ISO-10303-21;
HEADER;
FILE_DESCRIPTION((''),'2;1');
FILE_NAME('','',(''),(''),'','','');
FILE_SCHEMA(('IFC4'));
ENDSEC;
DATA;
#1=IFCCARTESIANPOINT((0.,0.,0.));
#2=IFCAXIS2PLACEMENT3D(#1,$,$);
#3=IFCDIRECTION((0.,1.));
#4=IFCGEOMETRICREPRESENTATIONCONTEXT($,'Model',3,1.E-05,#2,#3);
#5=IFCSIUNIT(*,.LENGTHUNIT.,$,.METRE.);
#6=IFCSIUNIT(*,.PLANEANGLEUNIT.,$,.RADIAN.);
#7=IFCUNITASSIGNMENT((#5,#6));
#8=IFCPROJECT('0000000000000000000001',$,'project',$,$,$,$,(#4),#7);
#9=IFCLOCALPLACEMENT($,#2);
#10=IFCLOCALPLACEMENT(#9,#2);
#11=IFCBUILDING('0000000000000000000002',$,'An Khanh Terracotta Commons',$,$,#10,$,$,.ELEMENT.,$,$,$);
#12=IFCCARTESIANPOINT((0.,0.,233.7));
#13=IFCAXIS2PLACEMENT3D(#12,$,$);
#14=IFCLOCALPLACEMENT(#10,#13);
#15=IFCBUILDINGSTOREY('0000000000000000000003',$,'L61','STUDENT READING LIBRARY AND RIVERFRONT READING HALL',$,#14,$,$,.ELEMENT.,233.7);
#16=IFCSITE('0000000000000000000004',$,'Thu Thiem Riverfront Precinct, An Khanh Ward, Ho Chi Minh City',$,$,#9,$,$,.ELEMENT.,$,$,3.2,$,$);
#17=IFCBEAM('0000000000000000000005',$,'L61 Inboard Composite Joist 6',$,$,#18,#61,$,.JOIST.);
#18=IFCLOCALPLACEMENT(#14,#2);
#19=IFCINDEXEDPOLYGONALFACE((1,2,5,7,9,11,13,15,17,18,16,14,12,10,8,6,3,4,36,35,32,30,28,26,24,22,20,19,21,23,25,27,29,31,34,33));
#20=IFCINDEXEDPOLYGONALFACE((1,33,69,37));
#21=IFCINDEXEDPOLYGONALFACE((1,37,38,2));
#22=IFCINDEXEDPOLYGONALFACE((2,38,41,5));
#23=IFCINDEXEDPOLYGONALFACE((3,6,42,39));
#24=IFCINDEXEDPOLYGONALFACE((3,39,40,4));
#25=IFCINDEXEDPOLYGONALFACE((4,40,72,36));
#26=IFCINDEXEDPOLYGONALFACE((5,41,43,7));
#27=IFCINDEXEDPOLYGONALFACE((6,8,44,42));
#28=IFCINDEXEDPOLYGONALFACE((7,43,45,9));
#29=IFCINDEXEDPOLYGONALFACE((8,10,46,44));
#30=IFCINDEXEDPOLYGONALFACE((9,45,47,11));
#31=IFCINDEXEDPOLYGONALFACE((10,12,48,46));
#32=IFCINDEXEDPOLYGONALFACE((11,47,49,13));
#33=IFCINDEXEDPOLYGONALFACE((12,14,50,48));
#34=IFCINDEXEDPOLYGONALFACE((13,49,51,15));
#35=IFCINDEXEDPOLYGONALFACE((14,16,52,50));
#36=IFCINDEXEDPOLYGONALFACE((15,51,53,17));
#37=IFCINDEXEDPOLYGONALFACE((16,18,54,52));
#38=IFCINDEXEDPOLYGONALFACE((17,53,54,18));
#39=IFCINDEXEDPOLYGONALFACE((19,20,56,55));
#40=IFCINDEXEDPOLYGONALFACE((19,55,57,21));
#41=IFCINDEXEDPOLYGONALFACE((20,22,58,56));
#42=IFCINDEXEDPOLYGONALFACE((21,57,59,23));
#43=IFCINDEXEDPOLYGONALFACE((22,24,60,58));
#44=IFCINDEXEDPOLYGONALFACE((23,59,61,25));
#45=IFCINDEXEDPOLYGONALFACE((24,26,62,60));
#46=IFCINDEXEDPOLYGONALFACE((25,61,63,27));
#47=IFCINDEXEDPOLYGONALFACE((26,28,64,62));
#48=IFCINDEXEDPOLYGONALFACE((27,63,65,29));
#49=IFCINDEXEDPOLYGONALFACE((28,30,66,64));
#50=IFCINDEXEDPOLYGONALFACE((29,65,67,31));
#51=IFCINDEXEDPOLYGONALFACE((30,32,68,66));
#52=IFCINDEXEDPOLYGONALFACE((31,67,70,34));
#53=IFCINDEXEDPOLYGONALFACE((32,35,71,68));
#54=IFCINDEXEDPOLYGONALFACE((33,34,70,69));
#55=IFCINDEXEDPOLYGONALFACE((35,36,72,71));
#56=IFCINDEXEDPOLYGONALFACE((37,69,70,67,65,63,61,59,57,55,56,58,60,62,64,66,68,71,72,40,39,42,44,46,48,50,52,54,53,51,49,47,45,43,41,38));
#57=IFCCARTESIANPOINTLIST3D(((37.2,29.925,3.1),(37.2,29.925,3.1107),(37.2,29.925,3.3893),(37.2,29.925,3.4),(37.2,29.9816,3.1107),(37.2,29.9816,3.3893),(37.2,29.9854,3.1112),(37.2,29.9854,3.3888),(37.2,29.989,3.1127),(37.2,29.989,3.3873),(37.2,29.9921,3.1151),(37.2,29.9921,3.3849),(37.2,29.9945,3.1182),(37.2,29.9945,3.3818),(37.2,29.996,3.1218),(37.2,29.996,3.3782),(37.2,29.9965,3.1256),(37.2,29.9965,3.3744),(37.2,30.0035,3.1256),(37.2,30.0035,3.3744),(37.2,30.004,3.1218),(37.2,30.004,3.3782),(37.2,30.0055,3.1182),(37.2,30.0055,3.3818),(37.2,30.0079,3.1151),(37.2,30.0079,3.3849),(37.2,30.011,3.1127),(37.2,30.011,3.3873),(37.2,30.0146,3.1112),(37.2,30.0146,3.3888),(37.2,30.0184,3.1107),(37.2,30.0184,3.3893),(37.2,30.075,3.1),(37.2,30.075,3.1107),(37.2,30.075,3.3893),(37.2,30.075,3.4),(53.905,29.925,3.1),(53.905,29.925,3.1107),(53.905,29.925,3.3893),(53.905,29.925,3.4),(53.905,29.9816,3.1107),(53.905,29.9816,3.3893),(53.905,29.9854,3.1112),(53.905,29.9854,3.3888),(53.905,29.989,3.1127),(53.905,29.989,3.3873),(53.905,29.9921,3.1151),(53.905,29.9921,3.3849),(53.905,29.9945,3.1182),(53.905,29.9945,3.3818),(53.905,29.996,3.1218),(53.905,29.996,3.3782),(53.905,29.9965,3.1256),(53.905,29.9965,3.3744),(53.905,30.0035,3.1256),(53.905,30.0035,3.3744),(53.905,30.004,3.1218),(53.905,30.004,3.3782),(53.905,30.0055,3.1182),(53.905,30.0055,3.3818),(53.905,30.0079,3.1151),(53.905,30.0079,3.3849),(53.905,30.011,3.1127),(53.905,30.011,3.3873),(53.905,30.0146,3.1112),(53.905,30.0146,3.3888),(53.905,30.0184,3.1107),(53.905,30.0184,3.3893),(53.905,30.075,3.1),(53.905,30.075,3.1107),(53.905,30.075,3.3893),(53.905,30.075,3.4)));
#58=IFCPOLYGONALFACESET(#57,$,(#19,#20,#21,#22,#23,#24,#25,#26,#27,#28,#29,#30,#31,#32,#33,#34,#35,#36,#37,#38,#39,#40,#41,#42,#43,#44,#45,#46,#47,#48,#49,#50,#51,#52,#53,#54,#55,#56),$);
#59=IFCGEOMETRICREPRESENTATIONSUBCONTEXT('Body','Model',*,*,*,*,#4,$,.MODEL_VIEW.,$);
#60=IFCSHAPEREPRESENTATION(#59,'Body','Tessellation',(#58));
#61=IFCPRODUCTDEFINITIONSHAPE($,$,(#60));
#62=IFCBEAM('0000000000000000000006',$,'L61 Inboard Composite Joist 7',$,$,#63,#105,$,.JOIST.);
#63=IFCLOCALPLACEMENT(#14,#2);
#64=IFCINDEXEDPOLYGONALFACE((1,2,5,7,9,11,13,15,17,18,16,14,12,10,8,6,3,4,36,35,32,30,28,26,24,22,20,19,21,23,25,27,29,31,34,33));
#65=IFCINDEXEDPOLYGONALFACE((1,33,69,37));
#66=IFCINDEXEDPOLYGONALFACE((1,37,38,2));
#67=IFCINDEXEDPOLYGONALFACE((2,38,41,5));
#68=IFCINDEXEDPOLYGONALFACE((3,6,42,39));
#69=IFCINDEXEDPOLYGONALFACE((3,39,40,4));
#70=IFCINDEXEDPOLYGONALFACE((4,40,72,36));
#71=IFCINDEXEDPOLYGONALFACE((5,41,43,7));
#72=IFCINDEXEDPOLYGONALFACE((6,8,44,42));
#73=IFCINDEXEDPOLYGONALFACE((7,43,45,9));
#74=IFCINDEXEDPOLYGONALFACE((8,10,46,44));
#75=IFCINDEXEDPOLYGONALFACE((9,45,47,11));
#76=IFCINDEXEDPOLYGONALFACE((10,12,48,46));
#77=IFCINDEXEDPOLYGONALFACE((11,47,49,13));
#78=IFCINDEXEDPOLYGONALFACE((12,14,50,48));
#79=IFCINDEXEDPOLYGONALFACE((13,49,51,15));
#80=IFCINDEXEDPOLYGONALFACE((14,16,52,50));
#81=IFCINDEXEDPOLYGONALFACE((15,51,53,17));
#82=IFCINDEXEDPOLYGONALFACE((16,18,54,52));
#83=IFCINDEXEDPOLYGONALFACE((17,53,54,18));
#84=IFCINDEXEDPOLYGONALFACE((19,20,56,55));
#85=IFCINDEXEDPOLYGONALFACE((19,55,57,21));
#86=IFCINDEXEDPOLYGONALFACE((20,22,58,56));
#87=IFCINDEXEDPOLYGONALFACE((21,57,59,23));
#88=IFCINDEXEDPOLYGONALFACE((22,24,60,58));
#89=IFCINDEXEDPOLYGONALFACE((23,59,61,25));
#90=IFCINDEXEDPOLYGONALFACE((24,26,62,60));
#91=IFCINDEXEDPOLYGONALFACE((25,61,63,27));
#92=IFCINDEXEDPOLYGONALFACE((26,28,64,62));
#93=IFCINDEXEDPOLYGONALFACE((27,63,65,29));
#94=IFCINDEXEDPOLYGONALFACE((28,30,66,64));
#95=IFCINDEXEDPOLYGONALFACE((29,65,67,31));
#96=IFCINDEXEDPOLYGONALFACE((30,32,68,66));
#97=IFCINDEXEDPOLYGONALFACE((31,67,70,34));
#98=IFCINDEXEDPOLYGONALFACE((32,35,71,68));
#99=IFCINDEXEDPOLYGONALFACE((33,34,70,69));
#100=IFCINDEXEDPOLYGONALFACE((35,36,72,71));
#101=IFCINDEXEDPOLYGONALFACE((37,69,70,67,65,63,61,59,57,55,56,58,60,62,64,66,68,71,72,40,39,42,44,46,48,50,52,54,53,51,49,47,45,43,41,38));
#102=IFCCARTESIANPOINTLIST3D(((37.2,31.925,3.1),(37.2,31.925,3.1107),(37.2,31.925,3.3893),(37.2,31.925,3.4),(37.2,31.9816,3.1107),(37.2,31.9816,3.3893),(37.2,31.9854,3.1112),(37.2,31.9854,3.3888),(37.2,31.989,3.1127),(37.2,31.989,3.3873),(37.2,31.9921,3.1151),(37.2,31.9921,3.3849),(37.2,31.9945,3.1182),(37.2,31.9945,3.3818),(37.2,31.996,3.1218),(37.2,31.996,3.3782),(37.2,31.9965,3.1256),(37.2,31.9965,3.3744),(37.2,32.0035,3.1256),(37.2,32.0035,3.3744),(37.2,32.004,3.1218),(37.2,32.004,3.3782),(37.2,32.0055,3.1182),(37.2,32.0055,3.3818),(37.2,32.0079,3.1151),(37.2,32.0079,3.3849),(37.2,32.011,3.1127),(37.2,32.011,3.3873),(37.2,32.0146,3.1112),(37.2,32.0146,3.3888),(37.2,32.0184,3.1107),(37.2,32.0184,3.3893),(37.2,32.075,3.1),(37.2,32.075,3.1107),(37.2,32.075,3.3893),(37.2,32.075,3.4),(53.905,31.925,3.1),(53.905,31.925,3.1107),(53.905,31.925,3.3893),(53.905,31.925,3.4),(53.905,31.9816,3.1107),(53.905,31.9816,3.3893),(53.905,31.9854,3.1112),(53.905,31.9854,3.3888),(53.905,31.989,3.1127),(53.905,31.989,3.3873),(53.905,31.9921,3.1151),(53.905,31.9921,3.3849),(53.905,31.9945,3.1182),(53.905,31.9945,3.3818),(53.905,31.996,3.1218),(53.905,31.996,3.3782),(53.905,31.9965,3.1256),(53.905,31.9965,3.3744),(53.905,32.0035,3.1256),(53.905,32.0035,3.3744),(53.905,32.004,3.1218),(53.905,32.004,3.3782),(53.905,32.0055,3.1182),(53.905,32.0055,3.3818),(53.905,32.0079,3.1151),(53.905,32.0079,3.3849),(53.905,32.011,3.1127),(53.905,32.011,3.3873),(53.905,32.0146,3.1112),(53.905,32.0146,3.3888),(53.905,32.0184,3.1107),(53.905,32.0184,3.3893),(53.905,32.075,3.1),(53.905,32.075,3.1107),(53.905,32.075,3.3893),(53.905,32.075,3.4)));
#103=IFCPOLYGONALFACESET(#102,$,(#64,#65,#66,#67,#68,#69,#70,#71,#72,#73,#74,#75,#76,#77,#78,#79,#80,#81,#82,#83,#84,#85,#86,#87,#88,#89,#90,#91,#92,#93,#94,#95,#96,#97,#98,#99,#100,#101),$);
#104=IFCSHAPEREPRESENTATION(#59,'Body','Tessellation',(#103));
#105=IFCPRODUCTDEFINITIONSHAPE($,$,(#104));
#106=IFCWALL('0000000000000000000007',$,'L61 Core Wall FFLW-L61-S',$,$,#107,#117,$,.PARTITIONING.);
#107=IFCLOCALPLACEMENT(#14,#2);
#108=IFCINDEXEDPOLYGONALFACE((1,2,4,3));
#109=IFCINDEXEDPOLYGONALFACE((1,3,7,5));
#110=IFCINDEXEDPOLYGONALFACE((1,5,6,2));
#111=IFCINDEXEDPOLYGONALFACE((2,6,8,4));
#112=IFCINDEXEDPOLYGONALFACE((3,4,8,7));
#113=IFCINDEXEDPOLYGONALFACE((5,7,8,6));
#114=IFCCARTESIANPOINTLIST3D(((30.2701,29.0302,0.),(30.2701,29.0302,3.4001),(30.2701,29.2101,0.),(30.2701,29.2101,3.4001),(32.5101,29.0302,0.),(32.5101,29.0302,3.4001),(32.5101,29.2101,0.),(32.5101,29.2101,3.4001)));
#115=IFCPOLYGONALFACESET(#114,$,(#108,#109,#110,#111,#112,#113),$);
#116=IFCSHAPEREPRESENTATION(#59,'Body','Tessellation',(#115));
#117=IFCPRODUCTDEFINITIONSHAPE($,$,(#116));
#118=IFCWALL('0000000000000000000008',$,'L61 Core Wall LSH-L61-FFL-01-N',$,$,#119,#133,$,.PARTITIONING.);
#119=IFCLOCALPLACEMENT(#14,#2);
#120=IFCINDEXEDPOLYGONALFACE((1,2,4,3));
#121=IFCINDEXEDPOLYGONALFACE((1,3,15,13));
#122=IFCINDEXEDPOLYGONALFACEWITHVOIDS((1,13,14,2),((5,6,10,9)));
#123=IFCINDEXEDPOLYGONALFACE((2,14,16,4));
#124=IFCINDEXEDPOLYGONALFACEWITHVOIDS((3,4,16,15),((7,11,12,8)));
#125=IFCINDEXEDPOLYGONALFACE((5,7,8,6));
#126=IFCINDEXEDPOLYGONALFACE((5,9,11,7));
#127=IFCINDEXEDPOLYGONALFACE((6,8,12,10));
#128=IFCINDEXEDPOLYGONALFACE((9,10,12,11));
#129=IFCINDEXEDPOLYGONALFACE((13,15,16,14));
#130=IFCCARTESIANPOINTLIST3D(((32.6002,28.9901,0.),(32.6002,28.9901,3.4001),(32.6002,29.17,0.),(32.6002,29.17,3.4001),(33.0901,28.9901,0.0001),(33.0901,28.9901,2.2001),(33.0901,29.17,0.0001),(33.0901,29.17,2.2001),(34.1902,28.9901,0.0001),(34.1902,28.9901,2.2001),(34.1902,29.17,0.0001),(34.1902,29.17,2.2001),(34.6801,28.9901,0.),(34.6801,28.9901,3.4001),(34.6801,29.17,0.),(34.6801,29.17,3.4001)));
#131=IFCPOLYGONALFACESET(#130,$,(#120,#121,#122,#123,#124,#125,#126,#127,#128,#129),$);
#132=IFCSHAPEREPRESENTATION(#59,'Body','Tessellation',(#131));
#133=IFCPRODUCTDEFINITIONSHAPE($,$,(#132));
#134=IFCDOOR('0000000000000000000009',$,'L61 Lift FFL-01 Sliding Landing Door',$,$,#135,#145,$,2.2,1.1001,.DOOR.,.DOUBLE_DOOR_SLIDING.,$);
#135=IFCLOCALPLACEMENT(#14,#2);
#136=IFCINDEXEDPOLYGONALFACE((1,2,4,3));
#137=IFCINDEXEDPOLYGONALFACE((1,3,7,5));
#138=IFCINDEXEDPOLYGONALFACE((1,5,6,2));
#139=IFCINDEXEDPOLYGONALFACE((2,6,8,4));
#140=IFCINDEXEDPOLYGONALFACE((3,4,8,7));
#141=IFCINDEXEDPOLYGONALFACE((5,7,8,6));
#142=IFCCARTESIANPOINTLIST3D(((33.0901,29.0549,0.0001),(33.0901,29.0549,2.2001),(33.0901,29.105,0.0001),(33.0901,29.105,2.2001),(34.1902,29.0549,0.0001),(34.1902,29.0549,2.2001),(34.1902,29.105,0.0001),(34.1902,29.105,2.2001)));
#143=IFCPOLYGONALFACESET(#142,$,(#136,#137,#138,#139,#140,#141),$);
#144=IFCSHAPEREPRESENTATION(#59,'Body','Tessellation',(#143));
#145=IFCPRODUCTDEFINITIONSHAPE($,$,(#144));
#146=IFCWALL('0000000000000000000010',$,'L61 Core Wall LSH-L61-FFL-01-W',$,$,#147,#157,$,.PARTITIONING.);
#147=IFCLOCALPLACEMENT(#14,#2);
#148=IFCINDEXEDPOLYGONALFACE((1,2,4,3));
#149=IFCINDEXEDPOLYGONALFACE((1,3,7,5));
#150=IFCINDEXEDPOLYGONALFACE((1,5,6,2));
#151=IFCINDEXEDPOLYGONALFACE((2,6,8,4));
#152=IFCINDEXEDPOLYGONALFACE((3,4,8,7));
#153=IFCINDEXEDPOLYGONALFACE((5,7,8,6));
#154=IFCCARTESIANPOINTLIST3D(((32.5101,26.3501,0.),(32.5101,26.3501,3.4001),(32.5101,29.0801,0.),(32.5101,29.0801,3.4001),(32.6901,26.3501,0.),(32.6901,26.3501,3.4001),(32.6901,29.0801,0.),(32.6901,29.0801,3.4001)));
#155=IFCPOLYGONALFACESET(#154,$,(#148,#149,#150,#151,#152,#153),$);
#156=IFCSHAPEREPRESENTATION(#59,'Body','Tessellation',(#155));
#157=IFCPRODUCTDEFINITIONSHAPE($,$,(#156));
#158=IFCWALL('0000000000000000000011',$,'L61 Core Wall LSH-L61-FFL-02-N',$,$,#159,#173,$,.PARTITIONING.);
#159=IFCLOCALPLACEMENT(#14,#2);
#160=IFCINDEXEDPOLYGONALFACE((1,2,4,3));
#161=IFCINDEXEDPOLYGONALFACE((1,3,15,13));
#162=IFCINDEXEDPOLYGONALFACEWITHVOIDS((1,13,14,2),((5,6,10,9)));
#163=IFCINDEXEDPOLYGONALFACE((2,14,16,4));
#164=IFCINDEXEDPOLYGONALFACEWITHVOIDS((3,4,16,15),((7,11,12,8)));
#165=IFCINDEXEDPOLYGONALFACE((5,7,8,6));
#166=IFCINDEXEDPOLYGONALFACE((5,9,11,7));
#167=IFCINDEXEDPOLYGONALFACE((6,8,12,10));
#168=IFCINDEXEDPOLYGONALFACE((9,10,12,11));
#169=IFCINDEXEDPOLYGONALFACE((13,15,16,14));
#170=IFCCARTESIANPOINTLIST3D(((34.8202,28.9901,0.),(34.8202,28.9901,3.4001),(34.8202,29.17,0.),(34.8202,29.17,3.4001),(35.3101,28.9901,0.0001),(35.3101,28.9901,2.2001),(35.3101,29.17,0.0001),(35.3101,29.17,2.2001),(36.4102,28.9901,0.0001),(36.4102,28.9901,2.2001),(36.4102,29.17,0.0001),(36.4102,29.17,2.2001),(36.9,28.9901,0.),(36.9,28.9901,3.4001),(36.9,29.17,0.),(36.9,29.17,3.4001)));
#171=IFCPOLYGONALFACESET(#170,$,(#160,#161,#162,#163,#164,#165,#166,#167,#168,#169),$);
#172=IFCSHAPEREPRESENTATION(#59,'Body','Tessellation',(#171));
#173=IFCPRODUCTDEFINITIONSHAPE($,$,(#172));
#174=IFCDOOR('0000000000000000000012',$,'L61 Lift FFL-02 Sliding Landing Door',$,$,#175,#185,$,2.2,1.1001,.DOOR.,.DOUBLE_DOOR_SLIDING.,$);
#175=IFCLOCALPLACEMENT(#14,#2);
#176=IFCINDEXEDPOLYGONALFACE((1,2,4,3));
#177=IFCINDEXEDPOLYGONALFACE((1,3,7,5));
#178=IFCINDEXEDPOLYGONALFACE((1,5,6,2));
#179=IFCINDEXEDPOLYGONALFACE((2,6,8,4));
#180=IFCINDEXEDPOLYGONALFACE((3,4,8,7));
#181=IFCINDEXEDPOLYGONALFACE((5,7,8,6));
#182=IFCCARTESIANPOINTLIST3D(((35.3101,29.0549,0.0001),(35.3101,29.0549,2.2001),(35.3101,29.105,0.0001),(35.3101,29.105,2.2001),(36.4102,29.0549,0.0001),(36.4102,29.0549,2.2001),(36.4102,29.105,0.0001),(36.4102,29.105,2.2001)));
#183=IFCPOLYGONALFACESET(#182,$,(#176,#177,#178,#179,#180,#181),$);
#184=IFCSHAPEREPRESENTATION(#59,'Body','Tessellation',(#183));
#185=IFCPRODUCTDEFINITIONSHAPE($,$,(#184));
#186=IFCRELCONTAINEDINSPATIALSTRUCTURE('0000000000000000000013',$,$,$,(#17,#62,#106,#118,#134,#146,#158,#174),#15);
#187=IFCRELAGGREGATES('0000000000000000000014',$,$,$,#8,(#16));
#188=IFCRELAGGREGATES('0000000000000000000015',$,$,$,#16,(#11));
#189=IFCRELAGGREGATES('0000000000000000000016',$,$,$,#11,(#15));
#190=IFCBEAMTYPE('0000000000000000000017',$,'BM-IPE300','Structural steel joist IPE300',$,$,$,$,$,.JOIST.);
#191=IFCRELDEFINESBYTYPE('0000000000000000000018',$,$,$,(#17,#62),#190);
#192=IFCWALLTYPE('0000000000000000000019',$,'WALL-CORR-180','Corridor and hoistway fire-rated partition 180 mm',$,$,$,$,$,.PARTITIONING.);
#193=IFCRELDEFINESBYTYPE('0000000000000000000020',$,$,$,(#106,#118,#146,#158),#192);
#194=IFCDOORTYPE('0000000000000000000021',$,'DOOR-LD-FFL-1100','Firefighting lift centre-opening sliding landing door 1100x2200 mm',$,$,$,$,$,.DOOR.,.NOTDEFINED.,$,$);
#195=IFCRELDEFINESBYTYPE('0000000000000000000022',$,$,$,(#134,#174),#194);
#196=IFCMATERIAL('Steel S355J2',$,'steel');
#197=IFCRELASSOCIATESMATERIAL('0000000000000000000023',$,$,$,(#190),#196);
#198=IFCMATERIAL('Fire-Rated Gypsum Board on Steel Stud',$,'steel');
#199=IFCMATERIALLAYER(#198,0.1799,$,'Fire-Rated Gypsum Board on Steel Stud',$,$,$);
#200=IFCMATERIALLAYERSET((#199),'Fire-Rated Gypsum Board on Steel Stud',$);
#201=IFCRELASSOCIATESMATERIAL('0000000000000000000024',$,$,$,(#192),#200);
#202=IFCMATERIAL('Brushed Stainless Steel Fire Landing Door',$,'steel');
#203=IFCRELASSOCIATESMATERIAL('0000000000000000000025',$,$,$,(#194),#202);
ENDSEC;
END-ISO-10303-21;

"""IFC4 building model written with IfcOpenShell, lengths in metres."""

from ifc_helpers import new_model, si_unit, direction, frame, frame_2d, origin, origin_2d, place, context, subcontext, project, spatial, rectangle, i_section, extrude, material, layer, layer_set, material_profile, profile_set, type_object, element, fill, save


model = new_model("IFC4")

# Units and contexts
model_context = context("Model", 3, precision=1e-05, world=origin(), true_north=direction((0.0, 1.0)))
body_context = subcontext(model_context, "Body", "Model", "MODEL_VIEW")
ifc_project = project(units=[si_unit("LENGTHUNIT", "METRE"), si_unit("PLANEANGLEUNIT", "RADIAN")], contexts=[model_context])

# Site, building, storey
site_placement = place(None, origin())
site = spatial("IfcSite", under=ifc_project, at=site_placement, Name="Thu Thiem Riverfront Precinct, An Khanh Ward, Ho Chi Minh City", CompositionType="ELEMENT", RefElevation=3.2)
building_placement = place(site_placement, origin())
building = spatial("IfcBuilding", under=site, at=building_placement, Name="An Khanh Terracotta Commons", CompositionType="ELEMENT")
storey_placement = place(building_placement, frame((0.0, 0.0, 233.7)))
storey = spatial("IfcBuildingStorey", under=building, at=storey_placement, Name="L61", Description="STUDENT READING LIBRARY AND RIVERFRONT READING HALL", CompositionType="ELEMENT", Elevation=233.7)

# Beams
ifc_material_1 = material(Name="Steel S355J2", Category="steel")
ifc_material_profile_1 = material_profile(ifc_material_1, i_section(OverallWidth=0.1499, OverallDepth=0.3, WebThickness=0.0071, FlangeThickness=0.0107, FilletRadius=0.0149, at=origin_2d()), Name="IPE300")
ifc_profile_set_1 = profile_set([ifc_material_profile_1], Name="Steel S355J2")
beam_type_1 = type_object("IfcBeamType", Name="BM-IPE300", Description="Structural steel joist IPE300", PredefinedType="JOIST", material=ifc_profile_set_1)
for number, where, z_axis, x_axis, name in (
    (1, (37.2, 30.0, 3.25), (1.0, 0.0, 0.0), (0.0, 1.0, 0.0), "L61 Inboard Composite Joist 6"),
    (2, (37.2, 32.0, 3.25), (1.0, 0.0, 0.0), (0.0, 1.0, 0.0), "L61 Inboard Composite Joist 7"),
):
    element("IfcBeam", number, at=place(storey_placement, frame(where, z_axis=z_axis, x_axis=x_axis)), inside=storey, type_object=beam_type_1, Name=name, PredefinedType="JOIST", context=body_context, shape_type="SweptSolid", body=[
        extrude(i_section(OverallWidth=0.1499, OverallDepth=0.3, WebThickness=0.0071, FlangeThickness=0.0107, FilletRadius=0.0149, at=origin_2d()), origin(), (0.0, 0.0, 1.0), 16.7051),
    ])

# Wall
ifc_material_2 = material(Name="Fire-Rated Gypsum Board on Steel Stud", Category="steel")
ifc_layer_1 = layer(ifc_material_2, 0.1799, Name="Fire-Rated Gypsum Board on Steel Stud")
ifc_layer_set_1 = layer_set([ifc_layer_1], Name="Fire-Rated Gypsum Board on Steel Stud")
wall_type_1 = type_object("IfcWallType", Name="WALL-CORR-180", Description="Corridor and hoistway fire-rated partition 180 mm", PredefinedType="PARTITIONING", material=ifc_layer_set_1)
wall_1_placement = place(storey_placement, frame((30.27, 29.1201, 0.0), z_axis=(0.0, 0.0, 1.0), x_axis=(1.0, 0.0, 0.0)))
element("IfcWall", 3, at=wall_1_placement, inside=storey, type_object=wall_type_1, Name="L61 Core Wall FFLW-L61-S", PredefinedType="PARTITIONING", context=body_context, shape_type="SweptSolid", body=[
    extrude(rectangle(XDim=2.24, YDim=0.1799, at=frame_2d((1.1201, 0.0))), origin(), (0.0, 0.0, 1.0), 3.4001),
])

# Wall, opening, door
wall_2_placement = place(storey_placement, frame((32.6001, 29.0801, 0.0), z_axis=(0.0, 0.0, 1.0), x_axis=(1.0, 0.0, 0.0)))
wall_2 = element("IfcWall", 4, at=wall_2_placement, inside=storey, type_object=wall_type_1, Name="L61 Core Wall LSH-L61-FFL-01-N", PredefinedType="PARTITIONING", context=body_context, shape_type="SweptSolid", body=[
    extrude(rectangle(XDim=2.0798, YDim=0.1799, at=frame_2d((1.04, 0.0))), origin(), (0.0, 0.0, 1.0), 3.4001),
])
opening_1_placement = place(wall_2_placement, frame((0.49, 0.0, 0.0)))
opening_1 = element("IfcOpeningElement", 5, at=opening_1_placement, cuts=wall_2, PredefinedType="OPENING", context=body_context, shape_type="SweptSolid", body=[
    extrude(rectangle(XDim=1.1001, YDim=2.2, at=frame_2d((0.55, 1.1001))), frame((0.0, 0.0999, 0.0), z_axis=(0.0, -1.0, 0.0), x_axis=(1.0, 0.0, 0.0)), (0.0, 0.0, 1.0), 0.2),
])
ifc_material_3 = material(Name="Brushed Stainless Steel Fire Landing Door", Category="steel")
door_type_1 = type_object("IfcDoorType", Name="DOOR-LD-FFL-1100", Description="Firefighting lift centre-opening sliding landing door 1100x2200 mm", OperationType="NOTDEFINED", PredefinedType="DOOR", material=ifc_material_3)
door_1_placement = place(opening_1_placement, origin())
door_1 = element("IfcDoor", 6, at=door_1_placement, inside=storey, type_object=door_type_1, Name="L61 Lift FFL-01 Sliding Landing Door", OperationType="DOUBLE_DOOR_SLIDING", OverallHeight=2.2, OverallWidth=1.1001, PredefinedType="DOOR", context=body_context, shape_type="SweptSolid", body=[
    extrude(rectangle(XDim=1.1001, YDim=2.2, at=frame_2d((0.55, 1.1001))), frame((0.0, 0.0249, 0.0), z_axis=(0.0, -1.0, 0.0), x_axis=(1.0, 0.0, 0.0)), (0.0, 0.0, 1.0), 0.05),
])
fill(opening_1, door_1)

# Wall
wall_3_placement = place(storey_placement, frame((32.6001, 29.0801, 0.0), z_axis=(0.0, 0.0, 1.0), x_axis=(0.0, -1.0, 0.0)))
element("IfcWall", 7, at=wall_3_placement, inside=storey, type_object=wall_type_1, Name="L61 Core Wall LSH-L61-FFL-01-W", PredefinedType="PARTITIONING", context=body_context, shape_type="SweptSolid", body=[
    extrude(rectangle(XDim=2.73, YDim=0.1799, at=frame_2d((1.365, 0.0))), origin(), (0.0, 0.0, 1.0), 3.4001),
])

# Wall, opening, door
wall_4_placement = place(storey_placement, frame((34.8201, 29.0801, 0.0), z_axis=(0.0, 0.0, 1.0), x_axis=(1.0, 0.0, 0.0)))
wall_4 = element("IfcWall", 8, at=wall_4_placement, inside=storey, type_object=wall_type_1, Name="L61 Core Wall LSH-L61-FFL-02-N", PredefinedType="PARTITIONING", context=body_context, shape_type="SweptSolid", body=[
    extrude(rectangle(XDim=2.0798, YDim=0.1799, at=frame_2d((1.04, 0.0))), origin(), (0.0, 0.0, 1.0), 3.4001),
])
opening_2_placement = place(wall_4_placement, frame((0.49, 0.0, 0.0)))
opening_2 = element("IfcOpeningElement", 9, at=opening_2_placement, cuts=wall_4, PredefinedType="OPENING", context=body_context, shape_type="SweptSolid", body=[
    extrude(rectangle(XDim=1.1001, YDim=2.2, at=frame_2d((0.55, 1.1001))), frame((0.0, 0.0999, 0.0), z_axis=(0.0, -1.0, 0.0), x_axis=(1.0, 0.0, 0.0)), (0.0, 0.0, 1.0), 0.2),
])
door_2_placement = place(opening_2_placement, origin())
door_2 = element("IfcDoor", 10, at=door_2_placement, inside=storey, type_object=door_type_1, Name="L61 Lift FFL-02 Sliding Landing Door", OperationType="DOUBLE_DOOR_SLIDING", OverallHeight=2.2, OverallWidth=1.1001, PredefinedType="DOOR", context=body_context, shape_type="SweptSolid", body=[
    extrude(rectangle(XDim=1.1001, YDim=2.2, at=frame_2d((0.55, 1.1001))), frame((0.0, 0.0249, 0.0), z_axis=(0.0, -1.0, 0.0), x_axis=(1.0, 0.0, 0.0)), (0.0, 0.0, 1.0), 0.05),
])
fill(opening_2, door_2)

save(model, "model.ifc")
